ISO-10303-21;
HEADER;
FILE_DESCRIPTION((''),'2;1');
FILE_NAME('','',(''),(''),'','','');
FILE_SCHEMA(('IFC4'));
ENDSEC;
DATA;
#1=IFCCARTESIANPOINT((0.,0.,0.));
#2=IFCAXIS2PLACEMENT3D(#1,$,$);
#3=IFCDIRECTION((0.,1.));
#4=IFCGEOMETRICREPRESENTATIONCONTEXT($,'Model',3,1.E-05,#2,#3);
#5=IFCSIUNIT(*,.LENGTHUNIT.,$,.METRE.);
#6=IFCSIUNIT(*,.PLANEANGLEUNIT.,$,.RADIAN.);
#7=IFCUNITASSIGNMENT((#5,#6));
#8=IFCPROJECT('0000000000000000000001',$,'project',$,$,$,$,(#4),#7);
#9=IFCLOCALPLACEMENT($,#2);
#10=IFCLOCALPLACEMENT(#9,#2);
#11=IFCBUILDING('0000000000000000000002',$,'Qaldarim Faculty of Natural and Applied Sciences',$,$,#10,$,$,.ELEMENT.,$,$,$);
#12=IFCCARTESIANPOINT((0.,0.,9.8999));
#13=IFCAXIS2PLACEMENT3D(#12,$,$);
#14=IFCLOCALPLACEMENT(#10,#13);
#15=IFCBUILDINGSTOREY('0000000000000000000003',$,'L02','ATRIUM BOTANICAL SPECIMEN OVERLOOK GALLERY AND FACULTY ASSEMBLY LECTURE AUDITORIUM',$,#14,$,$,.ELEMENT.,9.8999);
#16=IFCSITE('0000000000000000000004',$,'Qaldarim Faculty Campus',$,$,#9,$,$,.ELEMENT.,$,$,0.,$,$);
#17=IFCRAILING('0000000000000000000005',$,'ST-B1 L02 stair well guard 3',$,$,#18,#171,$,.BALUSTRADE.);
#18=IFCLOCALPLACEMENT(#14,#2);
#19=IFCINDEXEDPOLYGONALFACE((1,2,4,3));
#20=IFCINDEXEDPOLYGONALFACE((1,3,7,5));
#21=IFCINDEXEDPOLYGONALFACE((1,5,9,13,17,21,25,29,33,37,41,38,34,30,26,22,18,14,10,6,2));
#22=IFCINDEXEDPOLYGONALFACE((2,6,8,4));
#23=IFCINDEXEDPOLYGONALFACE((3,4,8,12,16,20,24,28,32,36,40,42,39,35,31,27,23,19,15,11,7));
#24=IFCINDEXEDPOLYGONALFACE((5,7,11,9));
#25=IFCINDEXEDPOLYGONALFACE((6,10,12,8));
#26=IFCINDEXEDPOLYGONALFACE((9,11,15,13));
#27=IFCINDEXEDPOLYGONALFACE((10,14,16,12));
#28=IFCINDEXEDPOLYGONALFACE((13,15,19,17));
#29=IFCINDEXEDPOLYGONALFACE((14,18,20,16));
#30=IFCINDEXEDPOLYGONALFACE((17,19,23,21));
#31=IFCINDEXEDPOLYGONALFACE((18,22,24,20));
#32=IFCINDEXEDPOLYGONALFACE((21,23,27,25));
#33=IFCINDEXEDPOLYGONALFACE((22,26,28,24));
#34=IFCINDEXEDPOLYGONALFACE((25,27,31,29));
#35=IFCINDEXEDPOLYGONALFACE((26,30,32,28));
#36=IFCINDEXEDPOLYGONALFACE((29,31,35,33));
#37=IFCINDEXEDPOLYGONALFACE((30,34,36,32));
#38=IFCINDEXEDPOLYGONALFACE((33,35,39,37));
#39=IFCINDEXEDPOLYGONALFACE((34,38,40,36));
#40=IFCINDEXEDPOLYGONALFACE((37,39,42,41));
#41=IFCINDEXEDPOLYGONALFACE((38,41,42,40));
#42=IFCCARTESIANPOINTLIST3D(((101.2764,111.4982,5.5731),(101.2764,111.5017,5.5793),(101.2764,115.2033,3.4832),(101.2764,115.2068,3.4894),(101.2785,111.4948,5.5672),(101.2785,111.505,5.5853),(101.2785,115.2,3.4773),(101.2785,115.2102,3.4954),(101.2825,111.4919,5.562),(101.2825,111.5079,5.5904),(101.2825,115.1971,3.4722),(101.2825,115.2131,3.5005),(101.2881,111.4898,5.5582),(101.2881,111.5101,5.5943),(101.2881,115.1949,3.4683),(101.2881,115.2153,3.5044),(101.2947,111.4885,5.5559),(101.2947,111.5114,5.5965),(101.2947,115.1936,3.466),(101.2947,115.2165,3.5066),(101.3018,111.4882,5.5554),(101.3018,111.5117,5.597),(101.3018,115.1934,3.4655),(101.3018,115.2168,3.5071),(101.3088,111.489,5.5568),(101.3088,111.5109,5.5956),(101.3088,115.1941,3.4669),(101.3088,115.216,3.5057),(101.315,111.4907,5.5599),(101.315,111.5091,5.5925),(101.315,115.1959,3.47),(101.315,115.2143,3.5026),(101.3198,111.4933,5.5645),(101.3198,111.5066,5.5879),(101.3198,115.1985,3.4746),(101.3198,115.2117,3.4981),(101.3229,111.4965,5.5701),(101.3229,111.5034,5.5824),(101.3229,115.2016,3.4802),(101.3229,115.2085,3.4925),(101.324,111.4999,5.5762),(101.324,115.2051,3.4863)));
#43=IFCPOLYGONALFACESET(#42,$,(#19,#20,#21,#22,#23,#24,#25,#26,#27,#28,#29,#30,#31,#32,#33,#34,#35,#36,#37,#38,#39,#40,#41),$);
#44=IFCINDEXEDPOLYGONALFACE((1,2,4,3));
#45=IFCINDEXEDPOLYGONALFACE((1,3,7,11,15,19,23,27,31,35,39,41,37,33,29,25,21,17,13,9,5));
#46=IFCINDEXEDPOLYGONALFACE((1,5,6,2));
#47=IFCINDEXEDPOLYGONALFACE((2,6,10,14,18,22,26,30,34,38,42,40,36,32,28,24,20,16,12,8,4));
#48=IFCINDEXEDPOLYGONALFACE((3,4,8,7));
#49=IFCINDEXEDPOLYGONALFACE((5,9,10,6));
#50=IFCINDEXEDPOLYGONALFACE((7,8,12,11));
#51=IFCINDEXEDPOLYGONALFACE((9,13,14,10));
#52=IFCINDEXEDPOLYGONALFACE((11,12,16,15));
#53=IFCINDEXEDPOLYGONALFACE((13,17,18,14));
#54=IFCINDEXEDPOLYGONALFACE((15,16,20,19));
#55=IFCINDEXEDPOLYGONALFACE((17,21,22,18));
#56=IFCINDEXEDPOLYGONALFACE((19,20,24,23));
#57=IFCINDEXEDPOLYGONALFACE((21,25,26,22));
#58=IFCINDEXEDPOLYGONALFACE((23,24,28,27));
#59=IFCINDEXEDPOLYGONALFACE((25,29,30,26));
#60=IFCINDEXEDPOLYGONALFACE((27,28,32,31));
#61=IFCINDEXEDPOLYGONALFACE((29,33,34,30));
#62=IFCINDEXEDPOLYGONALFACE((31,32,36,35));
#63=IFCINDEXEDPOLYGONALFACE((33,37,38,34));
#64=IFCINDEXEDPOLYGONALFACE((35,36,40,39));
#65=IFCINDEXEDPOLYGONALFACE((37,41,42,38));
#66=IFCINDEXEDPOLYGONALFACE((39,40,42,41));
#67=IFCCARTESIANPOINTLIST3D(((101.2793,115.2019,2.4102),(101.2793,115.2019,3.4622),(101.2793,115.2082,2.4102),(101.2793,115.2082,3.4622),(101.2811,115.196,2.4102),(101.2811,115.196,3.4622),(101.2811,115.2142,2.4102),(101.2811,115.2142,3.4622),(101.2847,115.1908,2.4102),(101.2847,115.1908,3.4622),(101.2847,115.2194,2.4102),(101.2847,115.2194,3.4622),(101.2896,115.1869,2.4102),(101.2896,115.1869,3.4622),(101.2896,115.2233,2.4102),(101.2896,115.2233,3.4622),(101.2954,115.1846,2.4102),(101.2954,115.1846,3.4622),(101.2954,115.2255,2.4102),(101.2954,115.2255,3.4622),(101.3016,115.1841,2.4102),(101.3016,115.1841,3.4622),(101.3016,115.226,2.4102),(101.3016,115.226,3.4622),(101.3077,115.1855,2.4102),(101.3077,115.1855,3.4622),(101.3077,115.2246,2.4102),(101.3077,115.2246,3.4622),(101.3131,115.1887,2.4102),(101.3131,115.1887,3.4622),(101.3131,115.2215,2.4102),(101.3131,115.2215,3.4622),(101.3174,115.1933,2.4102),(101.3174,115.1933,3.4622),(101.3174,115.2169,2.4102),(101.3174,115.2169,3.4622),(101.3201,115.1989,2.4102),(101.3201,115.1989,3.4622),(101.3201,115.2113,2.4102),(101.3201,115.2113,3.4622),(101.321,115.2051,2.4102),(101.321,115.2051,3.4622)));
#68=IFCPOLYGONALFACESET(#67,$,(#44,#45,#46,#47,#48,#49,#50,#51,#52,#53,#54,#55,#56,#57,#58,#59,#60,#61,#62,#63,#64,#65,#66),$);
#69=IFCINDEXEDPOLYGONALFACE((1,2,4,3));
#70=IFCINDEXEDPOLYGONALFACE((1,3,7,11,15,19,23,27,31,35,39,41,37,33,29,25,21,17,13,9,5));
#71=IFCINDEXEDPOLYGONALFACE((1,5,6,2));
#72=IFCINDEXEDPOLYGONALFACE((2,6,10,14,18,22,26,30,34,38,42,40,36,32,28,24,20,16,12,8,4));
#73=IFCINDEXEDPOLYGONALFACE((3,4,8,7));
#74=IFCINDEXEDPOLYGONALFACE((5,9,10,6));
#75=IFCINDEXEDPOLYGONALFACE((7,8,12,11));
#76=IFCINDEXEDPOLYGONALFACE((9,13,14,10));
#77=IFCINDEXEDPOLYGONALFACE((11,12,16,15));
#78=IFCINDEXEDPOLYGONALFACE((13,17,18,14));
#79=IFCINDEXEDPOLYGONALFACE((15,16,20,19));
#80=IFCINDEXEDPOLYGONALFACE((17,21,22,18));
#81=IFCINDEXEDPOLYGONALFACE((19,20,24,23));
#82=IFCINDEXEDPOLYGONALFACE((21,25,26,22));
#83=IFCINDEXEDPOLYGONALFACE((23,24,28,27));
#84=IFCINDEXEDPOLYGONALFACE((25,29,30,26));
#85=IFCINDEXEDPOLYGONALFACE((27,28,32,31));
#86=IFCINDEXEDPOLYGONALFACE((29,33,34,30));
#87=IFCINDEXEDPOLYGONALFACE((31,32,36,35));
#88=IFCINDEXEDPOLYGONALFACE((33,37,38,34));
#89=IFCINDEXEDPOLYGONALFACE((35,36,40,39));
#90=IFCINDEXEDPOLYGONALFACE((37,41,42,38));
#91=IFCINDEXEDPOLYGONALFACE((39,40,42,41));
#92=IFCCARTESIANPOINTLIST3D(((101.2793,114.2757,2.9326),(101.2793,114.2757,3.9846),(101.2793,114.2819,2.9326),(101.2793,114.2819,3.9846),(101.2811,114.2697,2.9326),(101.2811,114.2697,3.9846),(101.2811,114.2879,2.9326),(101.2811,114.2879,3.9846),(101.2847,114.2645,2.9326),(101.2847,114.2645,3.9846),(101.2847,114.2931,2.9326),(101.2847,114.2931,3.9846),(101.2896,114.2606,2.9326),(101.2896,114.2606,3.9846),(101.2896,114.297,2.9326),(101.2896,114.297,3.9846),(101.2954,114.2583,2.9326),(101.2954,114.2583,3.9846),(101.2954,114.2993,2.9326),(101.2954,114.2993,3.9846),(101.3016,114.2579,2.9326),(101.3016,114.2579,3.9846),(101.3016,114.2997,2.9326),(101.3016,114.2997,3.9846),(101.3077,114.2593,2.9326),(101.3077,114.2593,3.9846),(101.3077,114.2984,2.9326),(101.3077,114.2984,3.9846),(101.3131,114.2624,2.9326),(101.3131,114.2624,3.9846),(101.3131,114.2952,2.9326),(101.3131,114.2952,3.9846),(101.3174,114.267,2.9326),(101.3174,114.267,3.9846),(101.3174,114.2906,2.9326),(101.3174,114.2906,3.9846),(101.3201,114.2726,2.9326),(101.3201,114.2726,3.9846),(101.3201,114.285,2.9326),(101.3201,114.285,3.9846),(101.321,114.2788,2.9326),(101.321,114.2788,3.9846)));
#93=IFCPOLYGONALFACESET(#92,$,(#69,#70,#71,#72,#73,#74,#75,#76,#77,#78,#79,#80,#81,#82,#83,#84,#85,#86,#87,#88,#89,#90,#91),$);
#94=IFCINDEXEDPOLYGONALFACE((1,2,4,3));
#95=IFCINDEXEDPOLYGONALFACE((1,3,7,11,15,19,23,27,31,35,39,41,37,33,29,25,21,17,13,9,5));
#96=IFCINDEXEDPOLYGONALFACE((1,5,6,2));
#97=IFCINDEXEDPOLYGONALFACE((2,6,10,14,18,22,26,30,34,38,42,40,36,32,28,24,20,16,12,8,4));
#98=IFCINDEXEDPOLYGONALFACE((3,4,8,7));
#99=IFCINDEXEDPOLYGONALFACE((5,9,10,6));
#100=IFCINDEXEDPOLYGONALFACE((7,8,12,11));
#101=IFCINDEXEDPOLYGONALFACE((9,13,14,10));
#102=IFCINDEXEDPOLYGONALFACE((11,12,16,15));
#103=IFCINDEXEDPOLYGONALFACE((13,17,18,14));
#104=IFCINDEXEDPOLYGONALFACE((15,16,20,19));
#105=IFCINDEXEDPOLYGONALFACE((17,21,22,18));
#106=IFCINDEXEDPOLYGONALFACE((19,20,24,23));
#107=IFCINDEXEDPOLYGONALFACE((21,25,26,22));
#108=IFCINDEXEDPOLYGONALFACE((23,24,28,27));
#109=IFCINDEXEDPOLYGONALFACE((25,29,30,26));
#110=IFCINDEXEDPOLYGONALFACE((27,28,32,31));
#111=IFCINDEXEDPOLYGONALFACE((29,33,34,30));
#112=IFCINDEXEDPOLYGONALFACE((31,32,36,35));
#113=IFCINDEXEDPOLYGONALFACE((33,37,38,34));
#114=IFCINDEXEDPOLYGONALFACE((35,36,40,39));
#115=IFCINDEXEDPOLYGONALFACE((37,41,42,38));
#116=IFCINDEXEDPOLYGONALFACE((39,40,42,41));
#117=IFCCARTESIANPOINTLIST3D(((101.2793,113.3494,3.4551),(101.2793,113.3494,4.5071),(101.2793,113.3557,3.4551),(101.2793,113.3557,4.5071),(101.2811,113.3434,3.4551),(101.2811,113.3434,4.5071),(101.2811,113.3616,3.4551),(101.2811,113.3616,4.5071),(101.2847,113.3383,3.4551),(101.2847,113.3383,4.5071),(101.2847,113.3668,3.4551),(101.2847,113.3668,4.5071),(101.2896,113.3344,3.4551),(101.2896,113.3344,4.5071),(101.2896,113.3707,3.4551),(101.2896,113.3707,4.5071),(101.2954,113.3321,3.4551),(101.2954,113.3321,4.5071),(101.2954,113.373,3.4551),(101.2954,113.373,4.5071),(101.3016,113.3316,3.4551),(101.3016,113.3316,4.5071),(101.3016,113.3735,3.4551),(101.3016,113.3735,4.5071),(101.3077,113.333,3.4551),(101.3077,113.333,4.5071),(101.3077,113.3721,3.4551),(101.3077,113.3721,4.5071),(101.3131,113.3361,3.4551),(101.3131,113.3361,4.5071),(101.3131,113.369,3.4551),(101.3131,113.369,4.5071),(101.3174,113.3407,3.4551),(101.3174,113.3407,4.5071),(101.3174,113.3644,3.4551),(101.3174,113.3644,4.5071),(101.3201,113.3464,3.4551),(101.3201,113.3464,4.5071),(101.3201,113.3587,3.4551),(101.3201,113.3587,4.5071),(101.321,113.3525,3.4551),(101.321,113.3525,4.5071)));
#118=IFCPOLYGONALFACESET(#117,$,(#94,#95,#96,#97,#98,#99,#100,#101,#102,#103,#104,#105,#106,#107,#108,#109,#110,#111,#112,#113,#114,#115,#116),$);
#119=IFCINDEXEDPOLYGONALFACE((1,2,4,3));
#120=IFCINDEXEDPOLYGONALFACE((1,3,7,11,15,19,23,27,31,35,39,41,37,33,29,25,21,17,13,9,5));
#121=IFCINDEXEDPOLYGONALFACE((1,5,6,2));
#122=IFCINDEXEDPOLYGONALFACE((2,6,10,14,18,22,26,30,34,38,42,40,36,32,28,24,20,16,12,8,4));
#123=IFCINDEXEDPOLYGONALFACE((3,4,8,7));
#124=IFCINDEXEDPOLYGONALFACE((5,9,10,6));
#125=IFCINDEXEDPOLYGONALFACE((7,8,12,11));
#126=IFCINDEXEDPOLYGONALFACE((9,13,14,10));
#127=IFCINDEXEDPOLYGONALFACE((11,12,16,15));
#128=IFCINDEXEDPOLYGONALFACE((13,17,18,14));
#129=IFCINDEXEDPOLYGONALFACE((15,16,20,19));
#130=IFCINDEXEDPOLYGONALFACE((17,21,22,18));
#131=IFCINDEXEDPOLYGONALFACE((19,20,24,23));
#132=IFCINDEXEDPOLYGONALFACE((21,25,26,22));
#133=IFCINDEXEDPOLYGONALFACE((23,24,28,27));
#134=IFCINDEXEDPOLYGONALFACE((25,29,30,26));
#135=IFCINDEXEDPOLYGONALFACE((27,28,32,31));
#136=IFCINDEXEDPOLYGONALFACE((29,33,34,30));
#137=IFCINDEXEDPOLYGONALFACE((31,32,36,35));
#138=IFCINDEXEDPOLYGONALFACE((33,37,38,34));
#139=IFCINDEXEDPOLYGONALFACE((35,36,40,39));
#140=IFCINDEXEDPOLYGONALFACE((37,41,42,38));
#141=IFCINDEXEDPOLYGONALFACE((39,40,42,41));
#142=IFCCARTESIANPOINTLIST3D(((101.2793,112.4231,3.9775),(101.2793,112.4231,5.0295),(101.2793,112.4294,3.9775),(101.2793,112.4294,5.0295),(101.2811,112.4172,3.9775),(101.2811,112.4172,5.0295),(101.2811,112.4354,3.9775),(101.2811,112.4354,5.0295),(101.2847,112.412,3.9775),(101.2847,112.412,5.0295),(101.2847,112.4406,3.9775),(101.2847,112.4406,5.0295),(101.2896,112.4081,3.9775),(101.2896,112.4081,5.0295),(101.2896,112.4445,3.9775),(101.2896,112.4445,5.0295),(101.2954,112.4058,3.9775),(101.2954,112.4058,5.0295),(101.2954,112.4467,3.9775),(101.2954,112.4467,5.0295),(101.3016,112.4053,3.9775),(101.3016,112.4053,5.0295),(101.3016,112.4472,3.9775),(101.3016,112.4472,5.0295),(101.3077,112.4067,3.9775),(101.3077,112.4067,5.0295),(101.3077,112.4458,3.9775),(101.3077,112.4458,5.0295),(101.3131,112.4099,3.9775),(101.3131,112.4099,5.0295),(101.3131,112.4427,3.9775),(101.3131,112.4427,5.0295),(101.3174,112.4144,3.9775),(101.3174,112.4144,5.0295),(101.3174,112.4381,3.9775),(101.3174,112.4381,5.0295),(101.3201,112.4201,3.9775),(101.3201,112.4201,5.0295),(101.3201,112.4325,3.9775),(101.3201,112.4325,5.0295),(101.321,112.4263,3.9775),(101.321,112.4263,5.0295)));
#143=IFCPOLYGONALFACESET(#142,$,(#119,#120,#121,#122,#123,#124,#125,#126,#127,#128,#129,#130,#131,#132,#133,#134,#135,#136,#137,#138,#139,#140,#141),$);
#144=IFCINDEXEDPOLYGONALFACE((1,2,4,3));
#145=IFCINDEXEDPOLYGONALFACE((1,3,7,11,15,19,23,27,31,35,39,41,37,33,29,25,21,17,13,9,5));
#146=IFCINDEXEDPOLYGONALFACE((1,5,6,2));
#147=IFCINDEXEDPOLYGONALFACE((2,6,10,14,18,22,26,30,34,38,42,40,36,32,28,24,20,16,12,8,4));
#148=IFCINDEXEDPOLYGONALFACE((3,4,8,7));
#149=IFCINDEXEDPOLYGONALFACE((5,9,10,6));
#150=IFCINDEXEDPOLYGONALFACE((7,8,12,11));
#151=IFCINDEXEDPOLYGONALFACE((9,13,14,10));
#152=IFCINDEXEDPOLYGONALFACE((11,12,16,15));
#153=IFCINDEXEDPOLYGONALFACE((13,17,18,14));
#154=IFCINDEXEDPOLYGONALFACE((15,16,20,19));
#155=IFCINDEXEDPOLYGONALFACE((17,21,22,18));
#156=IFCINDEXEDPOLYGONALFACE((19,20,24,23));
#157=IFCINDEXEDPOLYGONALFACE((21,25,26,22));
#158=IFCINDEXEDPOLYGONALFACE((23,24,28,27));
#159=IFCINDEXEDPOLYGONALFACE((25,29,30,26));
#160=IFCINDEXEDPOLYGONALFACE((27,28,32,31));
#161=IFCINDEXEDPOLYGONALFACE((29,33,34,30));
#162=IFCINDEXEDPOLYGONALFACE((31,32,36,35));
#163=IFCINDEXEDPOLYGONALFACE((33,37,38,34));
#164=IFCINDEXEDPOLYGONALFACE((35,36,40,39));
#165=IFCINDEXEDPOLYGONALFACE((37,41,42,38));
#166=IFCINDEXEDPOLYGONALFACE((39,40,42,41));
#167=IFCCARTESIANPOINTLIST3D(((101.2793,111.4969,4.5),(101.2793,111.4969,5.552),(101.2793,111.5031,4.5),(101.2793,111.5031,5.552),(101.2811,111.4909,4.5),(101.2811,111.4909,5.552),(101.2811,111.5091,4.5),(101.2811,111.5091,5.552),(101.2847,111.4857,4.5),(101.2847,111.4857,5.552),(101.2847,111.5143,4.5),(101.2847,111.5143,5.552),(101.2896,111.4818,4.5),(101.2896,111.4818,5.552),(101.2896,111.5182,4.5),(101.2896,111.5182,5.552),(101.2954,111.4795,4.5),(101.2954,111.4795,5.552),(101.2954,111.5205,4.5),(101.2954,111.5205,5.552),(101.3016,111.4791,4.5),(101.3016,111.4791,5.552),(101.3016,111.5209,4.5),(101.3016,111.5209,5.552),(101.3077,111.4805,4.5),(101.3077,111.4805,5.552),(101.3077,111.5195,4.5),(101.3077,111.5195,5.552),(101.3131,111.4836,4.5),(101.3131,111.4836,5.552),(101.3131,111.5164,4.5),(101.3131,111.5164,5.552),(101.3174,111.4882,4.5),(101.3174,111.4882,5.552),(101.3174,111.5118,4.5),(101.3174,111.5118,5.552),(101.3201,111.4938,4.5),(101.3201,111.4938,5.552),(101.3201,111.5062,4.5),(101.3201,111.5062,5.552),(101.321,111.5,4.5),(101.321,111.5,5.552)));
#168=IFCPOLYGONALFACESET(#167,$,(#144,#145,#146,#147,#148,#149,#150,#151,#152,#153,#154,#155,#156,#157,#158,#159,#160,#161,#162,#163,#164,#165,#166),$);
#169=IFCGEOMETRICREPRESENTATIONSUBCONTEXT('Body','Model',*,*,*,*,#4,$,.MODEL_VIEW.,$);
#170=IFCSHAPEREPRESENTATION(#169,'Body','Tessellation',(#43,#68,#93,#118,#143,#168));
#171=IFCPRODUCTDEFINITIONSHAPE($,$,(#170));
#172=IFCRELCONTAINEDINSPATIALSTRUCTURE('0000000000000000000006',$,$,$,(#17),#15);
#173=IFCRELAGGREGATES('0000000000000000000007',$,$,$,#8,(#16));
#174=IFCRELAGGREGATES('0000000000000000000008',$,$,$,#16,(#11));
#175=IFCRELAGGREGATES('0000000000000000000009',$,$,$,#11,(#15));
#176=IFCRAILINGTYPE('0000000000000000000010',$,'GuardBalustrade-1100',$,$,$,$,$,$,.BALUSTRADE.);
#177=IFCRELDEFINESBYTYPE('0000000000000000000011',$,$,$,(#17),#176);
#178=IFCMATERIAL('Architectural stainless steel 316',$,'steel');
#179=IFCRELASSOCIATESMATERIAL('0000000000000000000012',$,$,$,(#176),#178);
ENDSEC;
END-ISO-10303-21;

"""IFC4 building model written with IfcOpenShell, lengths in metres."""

from ifc_helpers import new_model, si_unit, direction, frame, origin, origin_2d, place, context, subcontext, project, spatial, circle, extrude, material, type_object, element, save


model = new_model("IFC4")

# Units and contexts
model_context = context("Model", 3, precision=1e-05, world=origin(), true_north=direction((0.0, 1.0)))
body_context = subcontext(model_context, "Body", "Model", "MODEL_VIEW")
ifc_project = project(units=[si_unit("LENGTHUNIT", "METRE"), si_unit("PLANEANGLEUNIT", "RADIAN")], contexts=[model_context])

# Site, building, storey
site_placement = place(None, origin())
site = spatial("IfcSite", under=ifc_project, at=site_placement, Name="Qaldarim Faculty Campus", CompositionType="ELEMENT", RefElevation=0.0)
building_placement = place(site_placement, origin())
building = spatial("IfcBuilding", under=site, at=building_placement, Name="Qaldarim Faculty of Natural and Applied Sciences", CompositionType="ELEMENT")
storey_placement = place(building_placement, frame((0.0, 0.0, 9.8999)))
storey = spatial("IfcBuildingStorey", under=building, at=storey_placement, Name="L02", Description="ATRIUM BOTANICAL SPECIMEN OVERLOOK GALLERY AND FACULTY ASSEMBLY LECTURE AUDITORIUM", CompositionType="ELEMENT", Elevation=9.8999)

# Shared definitions
ifc_material_1 = material(Name="Architectural stainless steel 316", Category="steel")

# Railing
railing_type_1 = type_object("IfcRailingType", Name="GuardBalustrade-1100", PredefinedType="BALUSTRADE", material=ifc_material_1)
railing_1_placement = place(storey_placement, frame((101.3, 115.2051, 2.4102)))
element("IfcRailing", 1, at=railing_1_placement, inside=storey, type_object=railing_type_1, Name="ST-B1 L02 stair well guard 3", PredefinedType="BALUSTRADE", context=body_context, shape_type="SweptSolid", body=[
    extrude(circle(Radius=0.0239, at=origin_2d()), frame((0.0, 0.0, 1.0762), z_axis=(0.0, -0.870999, 0.491285), x_axis=(1.0, 0.0, 0.0)), (0.0, 0.0, 1.0), 4.2539),
    extrude(circle(Radius=0.021, at=origin_2d()), origin(), (0.0, 0.0, 1.0), 1.052),
    extrude(circle(Radius=0.021, at=origin_2d()), frame((0.0, -0.9263, 0.5225)), (0.0, 0.0, 1.0), 1.052),
    extrude(circle(Radius=0.021, at=origin_2d()), frame((0.0, -1.8525, 1.0449)), (0.0, 0.0, 1.0), 1.052),
    extrude(circle(Radius=0.021, at=origin_2d()), frame((0.0, -2.7788, 1.5674)), (0.0, 0.0, 1.0), 1.052),
    extrude(circle(Radius=0.021, at=origin_2d()), frame((0.0, -3.7051, 2.0898)), (0.0, 0.0, 1.0), 1.052),
])

save(model, "model.ifc")
